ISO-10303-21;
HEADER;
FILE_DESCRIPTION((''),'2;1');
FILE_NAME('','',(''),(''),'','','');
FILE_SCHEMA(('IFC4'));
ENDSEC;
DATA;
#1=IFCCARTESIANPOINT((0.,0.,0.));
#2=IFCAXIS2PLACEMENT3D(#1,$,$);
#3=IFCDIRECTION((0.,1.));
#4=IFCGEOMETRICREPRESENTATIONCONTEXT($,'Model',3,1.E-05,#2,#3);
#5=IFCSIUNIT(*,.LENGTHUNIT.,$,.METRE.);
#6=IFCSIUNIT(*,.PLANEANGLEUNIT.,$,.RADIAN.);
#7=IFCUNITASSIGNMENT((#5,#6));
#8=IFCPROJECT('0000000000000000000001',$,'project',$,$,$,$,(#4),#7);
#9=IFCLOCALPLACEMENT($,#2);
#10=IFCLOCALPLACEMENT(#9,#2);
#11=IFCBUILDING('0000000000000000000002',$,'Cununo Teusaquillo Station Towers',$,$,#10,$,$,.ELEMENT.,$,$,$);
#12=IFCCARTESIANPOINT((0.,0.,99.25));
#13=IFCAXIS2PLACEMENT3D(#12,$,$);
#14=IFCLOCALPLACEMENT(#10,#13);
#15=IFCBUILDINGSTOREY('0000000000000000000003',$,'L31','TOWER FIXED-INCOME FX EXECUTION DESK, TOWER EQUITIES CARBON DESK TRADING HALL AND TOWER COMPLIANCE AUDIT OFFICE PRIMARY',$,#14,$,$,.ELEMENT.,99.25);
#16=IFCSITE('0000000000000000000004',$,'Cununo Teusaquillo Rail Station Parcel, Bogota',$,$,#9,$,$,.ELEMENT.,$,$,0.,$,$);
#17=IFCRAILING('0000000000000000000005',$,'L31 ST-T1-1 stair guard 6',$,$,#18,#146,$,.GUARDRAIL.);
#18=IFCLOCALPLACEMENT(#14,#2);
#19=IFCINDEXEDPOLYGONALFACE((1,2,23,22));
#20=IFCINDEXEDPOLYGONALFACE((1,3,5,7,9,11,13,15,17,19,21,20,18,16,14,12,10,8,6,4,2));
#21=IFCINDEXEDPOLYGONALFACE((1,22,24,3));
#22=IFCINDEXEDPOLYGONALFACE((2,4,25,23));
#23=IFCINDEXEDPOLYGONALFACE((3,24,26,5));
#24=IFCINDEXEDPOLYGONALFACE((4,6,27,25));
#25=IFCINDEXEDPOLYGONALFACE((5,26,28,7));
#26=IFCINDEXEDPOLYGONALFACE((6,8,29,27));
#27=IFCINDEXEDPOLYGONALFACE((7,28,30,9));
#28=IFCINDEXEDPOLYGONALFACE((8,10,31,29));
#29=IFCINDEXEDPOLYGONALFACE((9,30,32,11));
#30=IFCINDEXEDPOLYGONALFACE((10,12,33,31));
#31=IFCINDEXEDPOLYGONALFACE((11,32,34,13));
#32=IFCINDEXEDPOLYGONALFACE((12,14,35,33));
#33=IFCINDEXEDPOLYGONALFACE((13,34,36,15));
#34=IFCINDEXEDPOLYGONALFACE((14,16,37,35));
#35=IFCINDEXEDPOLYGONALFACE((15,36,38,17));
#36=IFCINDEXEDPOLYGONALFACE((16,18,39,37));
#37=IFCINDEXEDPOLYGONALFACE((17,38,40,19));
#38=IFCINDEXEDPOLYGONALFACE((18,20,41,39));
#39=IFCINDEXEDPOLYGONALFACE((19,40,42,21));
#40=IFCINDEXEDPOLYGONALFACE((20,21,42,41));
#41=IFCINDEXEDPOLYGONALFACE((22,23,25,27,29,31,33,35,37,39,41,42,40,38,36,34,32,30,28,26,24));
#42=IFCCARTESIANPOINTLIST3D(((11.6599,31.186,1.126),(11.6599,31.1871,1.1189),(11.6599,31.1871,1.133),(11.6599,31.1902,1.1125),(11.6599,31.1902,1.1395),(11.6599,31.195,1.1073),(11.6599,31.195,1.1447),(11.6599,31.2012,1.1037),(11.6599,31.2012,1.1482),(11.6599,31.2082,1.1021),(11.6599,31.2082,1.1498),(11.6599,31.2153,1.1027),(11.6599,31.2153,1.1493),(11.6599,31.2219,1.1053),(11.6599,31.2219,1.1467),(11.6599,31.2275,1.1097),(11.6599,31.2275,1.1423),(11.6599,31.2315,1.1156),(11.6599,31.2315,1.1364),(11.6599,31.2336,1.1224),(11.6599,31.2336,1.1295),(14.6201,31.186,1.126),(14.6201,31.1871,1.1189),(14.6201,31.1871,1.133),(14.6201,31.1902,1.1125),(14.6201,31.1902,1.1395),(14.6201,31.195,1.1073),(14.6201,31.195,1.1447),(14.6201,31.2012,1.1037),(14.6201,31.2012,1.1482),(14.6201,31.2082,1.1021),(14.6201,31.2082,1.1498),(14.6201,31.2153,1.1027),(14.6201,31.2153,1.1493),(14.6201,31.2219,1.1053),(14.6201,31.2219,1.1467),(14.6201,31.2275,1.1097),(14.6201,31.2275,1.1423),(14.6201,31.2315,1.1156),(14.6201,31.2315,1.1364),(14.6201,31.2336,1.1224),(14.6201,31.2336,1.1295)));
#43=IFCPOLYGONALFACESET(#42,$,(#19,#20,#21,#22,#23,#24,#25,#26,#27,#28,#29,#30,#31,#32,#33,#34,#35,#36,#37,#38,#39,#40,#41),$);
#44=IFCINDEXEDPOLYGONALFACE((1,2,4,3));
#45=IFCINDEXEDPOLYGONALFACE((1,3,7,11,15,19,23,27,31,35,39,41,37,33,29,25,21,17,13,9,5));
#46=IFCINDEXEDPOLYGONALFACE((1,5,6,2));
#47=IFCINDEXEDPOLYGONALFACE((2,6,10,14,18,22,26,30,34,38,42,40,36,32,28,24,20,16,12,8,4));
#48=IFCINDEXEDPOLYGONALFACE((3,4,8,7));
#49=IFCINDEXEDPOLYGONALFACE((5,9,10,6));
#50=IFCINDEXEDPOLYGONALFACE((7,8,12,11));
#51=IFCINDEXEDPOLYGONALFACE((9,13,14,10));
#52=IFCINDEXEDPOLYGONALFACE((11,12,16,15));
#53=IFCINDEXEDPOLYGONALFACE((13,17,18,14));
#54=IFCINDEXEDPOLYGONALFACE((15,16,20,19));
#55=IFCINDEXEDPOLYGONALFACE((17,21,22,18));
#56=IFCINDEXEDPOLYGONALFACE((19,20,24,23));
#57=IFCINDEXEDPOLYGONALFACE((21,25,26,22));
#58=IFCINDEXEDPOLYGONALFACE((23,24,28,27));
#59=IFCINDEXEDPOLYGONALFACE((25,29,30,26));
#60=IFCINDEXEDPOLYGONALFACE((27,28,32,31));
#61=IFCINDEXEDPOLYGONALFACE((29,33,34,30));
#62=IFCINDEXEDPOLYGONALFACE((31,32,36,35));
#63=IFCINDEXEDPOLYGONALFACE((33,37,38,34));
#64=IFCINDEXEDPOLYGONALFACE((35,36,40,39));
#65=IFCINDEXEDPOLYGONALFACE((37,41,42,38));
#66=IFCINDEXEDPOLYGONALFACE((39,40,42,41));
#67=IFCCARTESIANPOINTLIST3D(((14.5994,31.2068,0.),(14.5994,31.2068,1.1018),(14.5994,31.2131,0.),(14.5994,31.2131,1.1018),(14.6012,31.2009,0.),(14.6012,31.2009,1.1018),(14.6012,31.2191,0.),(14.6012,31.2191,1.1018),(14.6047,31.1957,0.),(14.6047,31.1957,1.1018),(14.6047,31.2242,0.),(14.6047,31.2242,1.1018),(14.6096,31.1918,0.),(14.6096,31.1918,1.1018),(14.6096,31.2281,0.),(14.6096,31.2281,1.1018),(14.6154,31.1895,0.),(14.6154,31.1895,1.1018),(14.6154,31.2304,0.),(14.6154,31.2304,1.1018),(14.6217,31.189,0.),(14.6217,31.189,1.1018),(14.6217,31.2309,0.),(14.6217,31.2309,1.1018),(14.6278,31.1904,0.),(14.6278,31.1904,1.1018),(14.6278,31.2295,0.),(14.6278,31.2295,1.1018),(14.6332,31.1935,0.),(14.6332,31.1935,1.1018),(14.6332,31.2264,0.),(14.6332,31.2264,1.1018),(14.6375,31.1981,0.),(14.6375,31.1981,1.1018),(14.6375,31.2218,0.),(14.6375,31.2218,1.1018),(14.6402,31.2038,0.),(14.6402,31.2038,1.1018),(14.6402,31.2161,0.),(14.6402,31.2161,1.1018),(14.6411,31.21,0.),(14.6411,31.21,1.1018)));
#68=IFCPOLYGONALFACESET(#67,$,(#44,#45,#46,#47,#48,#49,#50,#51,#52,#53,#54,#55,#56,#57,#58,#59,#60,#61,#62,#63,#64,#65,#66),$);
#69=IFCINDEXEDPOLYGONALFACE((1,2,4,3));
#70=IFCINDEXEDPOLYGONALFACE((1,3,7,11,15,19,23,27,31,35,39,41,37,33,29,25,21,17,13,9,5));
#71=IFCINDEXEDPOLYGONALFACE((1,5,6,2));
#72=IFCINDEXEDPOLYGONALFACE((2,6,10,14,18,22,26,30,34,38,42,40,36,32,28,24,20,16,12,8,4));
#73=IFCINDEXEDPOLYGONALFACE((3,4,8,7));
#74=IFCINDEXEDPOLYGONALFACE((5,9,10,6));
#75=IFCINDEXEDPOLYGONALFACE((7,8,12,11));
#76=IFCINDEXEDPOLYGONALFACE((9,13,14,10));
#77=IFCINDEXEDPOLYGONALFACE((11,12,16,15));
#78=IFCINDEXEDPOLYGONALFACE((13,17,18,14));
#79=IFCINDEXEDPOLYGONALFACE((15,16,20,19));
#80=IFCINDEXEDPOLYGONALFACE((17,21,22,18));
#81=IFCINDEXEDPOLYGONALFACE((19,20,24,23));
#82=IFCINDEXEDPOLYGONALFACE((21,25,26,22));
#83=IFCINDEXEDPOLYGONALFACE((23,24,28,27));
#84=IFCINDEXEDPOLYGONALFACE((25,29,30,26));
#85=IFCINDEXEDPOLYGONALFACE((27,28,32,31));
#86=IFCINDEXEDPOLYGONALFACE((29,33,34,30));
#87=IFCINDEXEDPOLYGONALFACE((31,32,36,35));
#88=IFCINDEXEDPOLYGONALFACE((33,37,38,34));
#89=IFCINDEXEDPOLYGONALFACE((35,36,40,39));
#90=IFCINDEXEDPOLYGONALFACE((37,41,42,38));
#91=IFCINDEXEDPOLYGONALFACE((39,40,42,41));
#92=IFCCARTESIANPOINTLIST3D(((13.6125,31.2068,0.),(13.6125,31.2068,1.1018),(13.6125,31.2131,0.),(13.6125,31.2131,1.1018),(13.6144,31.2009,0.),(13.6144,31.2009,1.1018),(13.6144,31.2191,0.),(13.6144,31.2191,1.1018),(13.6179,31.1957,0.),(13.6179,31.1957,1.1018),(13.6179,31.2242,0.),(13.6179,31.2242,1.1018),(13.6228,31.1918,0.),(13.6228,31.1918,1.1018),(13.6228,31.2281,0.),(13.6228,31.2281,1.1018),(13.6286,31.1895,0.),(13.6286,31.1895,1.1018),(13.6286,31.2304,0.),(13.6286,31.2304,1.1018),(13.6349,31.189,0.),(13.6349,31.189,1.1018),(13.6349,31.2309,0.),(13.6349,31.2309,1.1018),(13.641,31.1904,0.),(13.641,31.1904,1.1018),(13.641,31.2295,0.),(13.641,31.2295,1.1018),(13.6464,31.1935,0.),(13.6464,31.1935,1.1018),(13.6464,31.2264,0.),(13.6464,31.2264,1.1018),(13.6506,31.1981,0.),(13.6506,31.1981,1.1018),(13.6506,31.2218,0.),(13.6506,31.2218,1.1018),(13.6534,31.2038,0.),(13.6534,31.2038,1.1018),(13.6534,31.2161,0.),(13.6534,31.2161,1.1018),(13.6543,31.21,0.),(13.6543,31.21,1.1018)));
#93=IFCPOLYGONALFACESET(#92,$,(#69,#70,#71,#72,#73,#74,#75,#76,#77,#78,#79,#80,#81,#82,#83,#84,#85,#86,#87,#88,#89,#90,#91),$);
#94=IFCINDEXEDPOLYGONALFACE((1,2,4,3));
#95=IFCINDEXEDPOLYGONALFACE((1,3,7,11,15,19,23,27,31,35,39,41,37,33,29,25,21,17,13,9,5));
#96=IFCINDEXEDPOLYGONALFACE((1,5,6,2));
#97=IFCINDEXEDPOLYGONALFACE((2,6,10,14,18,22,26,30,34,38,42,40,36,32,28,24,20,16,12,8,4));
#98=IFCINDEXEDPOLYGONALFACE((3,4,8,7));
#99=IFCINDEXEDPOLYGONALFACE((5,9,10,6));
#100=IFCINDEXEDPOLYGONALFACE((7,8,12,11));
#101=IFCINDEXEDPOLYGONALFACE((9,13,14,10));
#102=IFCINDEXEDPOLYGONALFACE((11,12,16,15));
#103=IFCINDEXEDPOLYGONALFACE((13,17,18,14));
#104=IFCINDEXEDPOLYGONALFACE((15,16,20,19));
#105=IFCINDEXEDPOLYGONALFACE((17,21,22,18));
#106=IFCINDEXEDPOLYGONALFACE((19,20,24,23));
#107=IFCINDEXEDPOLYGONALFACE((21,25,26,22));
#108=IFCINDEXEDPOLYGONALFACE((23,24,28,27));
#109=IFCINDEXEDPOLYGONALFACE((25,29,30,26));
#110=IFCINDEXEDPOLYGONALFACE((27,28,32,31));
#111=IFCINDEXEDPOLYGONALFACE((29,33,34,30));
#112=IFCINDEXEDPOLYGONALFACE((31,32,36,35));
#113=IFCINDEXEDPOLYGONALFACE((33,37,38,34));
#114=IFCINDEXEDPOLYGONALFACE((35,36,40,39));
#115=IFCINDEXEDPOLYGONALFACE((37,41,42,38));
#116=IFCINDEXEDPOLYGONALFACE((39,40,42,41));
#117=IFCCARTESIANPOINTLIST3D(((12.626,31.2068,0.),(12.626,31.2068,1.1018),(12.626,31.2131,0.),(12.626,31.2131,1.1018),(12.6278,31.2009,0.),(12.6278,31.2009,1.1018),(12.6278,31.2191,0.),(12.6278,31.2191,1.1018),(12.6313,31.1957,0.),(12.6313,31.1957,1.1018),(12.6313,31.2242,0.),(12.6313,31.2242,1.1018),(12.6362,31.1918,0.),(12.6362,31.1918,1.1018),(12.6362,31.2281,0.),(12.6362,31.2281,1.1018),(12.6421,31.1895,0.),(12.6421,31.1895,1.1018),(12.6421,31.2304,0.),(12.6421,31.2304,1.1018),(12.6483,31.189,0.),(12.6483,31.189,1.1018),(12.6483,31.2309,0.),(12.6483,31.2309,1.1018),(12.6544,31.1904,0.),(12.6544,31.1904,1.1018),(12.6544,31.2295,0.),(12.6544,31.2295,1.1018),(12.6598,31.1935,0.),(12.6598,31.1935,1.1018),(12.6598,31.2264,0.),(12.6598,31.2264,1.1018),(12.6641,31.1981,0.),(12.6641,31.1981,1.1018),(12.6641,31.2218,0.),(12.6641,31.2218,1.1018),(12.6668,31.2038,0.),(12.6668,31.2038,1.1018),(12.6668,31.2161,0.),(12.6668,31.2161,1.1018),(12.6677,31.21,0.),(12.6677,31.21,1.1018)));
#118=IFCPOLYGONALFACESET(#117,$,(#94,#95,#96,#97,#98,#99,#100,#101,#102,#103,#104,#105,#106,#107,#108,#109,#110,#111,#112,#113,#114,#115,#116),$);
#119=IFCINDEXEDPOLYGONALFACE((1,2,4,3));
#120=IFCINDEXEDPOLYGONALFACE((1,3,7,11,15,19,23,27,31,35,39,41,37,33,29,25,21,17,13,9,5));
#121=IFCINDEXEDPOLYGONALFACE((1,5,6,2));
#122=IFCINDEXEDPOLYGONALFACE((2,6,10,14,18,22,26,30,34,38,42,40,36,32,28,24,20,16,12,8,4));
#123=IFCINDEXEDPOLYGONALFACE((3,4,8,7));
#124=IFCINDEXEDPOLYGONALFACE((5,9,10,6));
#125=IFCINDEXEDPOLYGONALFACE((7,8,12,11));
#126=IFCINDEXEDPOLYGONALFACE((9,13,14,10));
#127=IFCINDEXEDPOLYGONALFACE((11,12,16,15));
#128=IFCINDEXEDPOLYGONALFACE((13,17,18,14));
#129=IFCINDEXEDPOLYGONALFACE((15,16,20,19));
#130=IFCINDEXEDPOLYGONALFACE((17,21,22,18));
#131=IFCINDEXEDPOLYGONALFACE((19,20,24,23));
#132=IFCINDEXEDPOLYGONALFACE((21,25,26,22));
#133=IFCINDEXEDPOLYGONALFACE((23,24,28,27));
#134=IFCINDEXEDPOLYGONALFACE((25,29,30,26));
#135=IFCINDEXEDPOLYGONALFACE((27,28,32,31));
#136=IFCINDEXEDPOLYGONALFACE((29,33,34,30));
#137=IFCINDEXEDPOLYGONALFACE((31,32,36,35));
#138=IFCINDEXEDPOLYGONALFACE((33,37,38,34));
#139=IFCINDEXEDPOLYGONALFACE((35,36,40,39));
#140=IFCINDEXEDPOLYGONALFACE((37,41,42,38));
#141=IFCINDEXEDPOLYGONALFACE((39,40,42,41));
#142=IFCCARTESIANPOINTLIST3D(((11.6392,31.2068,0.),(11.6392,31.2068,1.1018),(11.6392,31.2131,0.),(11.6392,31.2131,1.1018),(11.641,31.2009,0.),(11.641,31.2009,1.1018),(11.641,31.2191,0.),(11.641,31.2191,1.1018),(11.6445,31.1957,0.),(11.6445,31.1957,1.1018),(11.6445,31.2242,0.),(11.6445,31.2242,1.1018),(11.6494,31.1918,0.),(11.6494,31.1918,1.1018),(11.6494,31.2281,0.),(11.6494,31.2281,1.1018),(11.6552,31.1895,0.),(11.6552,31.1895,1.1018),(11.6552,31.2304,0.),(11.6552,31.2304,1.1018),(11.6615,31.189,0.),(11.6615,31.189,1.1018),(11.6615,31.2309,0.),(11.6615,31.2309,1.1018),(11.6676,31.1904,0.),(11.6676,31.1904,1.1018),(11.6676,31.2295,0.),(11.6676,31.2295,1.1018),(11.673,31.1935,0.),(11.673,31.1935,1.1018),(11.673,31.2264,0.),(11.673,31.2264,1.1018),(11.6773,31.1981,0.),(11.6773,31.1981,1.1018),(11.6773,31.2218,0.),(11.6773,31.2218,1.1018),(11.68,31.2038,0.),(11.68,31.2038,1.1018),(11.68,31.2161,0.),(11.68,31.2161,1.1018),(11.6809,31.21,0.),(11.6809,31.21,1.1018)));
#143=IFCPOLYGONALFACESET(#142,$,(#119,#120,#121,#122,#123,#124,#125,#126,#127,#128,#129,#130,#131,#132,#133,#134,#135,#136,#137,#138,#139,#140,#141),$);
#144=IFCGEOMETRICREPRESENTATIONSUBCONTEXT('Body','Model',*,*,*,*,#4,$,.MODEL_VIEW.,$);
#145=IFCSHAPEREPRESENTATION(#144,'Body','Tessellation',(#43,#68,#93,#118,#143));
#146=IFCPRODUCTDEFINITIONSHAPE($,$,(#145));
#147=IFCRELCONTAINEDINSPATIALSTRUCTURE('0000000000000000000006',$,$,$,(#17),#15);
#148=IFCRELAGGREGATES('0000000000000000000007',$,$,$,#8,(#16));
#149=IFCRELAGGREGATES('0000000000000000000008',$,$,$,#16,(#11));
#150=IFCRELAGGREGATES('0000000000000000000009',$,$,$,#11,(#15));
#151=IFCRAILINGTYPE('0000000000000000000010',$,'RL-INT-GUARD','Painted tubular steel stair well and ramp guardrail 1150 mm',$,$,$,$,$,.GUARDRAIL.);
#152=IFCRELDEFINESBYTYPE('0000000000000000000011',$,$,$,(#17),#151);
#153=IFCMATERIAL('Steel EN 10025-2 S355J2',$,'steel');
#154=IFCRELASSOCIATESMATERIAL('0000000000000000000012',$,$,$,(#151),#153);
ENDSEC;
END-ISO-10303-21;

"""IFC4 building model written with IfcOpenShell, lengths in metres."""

from ifc_helpers import new_model, si_unit, direction, frame, origin, origin_2d, place, context, subcontext, project, spatial, circle, extrude, material, type_object, element, save


model = new_model("IFC4")

# Units and contexts
model_context = context("Model", 3, precision=1e-05, world=origin(), true_north=direction((0.0, 1.0)))
body_context = subcontext(model_context, "Body", "Model", "MODEL_VIEW")
ifc_project = project(units=[si_unit("LENGTHUNIT", "METRE"), si_unit("PLANEANGLEUNIT", "RADIAN")], contexts=[model_context])

# Site, building, storey
site_placement = place(None, origin())
site = spatial("IfcSite", under=ifc_project, at=site_placement, Name="Cununo Teusaquillo Rail Station Parcel, Bogota", CompositionType="ELEMENT", RefElevation=0.0)
building_placement = place(site_placement, origin())
building = spatial("IfcBuilding", under=site, at=building_placement, Name="Cununo Teusaquillo Station Towers", CompositionType="ELEMENT")
storey_placement = place(building_placement, frame((0.0, 0.0, 99.25)))
storey = spatial("IfcBuildingStorey", under=building, at=storey_placement, Name="L31", Description="TOWER FIXED-INCOME FX EXECUTION DESK, TOWER EQUITIES CARBON DESK TRADING HALL AND TOWER COMPLIANCE AUDIT OFFICE PRIMARY", CompositionType="ELEMENT", Elevation=99.25)

# Railing
ifc_material_1 = material(Name="Steel EN 10025-2 S355J2", Category="steel")
railing_type_1 = type_object("IfcRailingType", Name="RL-INT-GUARD", Description="Painted tubular steel stair well and ramp guardrail 1150 mm", PredefinedType="GUARDRAIL", material=ifc_material_1)
railing_1_placement = place(storey_placement, frame((14.6201, 31.21, 0.0)))
element("IfcRailing", 1, at=railing_1_placement, inside=storey, type_object=railing_type_1, Name="L31 ST-T1-1 stair guard 6", PredefinedType="GUARDRAIL", context=body_context, shape_type="SweptSolid", body=[
    extrude(circle(Radius=0.0239, at=origin_2d()), frame((0.0, 0.0, 1.126), z_axis=(-1.0, 0.0, 0.0), x_axis=(0.0, -1.0, 0.0)), (0.0, 0.0, 1.0), 2.9602),
    extrude(circle(Radius=0.021, at=origin_2d()), origin(), (0.0, 0.0, 1.0), 1.1018),
    extrude(circle(Radius=0.021, at=origin_2d()), frame((-0.9868, 0.0, 0.0)), (0.0, 0.0, 1.0), 1.1018),
    extrude(circle(Radius=0.021, at=origin_2d()), frame((-1.9734, 0.0, 0.0)), (0.0, 0.0, 1.0), 1.1018),
    extrude(circle(Radius=0.021, at=origin_2d()), frame((-2.9602, 0.0, 0.0)), (0.0, 0.0, 1.0), 1.1018),
])

save(model, "model.ifc")
